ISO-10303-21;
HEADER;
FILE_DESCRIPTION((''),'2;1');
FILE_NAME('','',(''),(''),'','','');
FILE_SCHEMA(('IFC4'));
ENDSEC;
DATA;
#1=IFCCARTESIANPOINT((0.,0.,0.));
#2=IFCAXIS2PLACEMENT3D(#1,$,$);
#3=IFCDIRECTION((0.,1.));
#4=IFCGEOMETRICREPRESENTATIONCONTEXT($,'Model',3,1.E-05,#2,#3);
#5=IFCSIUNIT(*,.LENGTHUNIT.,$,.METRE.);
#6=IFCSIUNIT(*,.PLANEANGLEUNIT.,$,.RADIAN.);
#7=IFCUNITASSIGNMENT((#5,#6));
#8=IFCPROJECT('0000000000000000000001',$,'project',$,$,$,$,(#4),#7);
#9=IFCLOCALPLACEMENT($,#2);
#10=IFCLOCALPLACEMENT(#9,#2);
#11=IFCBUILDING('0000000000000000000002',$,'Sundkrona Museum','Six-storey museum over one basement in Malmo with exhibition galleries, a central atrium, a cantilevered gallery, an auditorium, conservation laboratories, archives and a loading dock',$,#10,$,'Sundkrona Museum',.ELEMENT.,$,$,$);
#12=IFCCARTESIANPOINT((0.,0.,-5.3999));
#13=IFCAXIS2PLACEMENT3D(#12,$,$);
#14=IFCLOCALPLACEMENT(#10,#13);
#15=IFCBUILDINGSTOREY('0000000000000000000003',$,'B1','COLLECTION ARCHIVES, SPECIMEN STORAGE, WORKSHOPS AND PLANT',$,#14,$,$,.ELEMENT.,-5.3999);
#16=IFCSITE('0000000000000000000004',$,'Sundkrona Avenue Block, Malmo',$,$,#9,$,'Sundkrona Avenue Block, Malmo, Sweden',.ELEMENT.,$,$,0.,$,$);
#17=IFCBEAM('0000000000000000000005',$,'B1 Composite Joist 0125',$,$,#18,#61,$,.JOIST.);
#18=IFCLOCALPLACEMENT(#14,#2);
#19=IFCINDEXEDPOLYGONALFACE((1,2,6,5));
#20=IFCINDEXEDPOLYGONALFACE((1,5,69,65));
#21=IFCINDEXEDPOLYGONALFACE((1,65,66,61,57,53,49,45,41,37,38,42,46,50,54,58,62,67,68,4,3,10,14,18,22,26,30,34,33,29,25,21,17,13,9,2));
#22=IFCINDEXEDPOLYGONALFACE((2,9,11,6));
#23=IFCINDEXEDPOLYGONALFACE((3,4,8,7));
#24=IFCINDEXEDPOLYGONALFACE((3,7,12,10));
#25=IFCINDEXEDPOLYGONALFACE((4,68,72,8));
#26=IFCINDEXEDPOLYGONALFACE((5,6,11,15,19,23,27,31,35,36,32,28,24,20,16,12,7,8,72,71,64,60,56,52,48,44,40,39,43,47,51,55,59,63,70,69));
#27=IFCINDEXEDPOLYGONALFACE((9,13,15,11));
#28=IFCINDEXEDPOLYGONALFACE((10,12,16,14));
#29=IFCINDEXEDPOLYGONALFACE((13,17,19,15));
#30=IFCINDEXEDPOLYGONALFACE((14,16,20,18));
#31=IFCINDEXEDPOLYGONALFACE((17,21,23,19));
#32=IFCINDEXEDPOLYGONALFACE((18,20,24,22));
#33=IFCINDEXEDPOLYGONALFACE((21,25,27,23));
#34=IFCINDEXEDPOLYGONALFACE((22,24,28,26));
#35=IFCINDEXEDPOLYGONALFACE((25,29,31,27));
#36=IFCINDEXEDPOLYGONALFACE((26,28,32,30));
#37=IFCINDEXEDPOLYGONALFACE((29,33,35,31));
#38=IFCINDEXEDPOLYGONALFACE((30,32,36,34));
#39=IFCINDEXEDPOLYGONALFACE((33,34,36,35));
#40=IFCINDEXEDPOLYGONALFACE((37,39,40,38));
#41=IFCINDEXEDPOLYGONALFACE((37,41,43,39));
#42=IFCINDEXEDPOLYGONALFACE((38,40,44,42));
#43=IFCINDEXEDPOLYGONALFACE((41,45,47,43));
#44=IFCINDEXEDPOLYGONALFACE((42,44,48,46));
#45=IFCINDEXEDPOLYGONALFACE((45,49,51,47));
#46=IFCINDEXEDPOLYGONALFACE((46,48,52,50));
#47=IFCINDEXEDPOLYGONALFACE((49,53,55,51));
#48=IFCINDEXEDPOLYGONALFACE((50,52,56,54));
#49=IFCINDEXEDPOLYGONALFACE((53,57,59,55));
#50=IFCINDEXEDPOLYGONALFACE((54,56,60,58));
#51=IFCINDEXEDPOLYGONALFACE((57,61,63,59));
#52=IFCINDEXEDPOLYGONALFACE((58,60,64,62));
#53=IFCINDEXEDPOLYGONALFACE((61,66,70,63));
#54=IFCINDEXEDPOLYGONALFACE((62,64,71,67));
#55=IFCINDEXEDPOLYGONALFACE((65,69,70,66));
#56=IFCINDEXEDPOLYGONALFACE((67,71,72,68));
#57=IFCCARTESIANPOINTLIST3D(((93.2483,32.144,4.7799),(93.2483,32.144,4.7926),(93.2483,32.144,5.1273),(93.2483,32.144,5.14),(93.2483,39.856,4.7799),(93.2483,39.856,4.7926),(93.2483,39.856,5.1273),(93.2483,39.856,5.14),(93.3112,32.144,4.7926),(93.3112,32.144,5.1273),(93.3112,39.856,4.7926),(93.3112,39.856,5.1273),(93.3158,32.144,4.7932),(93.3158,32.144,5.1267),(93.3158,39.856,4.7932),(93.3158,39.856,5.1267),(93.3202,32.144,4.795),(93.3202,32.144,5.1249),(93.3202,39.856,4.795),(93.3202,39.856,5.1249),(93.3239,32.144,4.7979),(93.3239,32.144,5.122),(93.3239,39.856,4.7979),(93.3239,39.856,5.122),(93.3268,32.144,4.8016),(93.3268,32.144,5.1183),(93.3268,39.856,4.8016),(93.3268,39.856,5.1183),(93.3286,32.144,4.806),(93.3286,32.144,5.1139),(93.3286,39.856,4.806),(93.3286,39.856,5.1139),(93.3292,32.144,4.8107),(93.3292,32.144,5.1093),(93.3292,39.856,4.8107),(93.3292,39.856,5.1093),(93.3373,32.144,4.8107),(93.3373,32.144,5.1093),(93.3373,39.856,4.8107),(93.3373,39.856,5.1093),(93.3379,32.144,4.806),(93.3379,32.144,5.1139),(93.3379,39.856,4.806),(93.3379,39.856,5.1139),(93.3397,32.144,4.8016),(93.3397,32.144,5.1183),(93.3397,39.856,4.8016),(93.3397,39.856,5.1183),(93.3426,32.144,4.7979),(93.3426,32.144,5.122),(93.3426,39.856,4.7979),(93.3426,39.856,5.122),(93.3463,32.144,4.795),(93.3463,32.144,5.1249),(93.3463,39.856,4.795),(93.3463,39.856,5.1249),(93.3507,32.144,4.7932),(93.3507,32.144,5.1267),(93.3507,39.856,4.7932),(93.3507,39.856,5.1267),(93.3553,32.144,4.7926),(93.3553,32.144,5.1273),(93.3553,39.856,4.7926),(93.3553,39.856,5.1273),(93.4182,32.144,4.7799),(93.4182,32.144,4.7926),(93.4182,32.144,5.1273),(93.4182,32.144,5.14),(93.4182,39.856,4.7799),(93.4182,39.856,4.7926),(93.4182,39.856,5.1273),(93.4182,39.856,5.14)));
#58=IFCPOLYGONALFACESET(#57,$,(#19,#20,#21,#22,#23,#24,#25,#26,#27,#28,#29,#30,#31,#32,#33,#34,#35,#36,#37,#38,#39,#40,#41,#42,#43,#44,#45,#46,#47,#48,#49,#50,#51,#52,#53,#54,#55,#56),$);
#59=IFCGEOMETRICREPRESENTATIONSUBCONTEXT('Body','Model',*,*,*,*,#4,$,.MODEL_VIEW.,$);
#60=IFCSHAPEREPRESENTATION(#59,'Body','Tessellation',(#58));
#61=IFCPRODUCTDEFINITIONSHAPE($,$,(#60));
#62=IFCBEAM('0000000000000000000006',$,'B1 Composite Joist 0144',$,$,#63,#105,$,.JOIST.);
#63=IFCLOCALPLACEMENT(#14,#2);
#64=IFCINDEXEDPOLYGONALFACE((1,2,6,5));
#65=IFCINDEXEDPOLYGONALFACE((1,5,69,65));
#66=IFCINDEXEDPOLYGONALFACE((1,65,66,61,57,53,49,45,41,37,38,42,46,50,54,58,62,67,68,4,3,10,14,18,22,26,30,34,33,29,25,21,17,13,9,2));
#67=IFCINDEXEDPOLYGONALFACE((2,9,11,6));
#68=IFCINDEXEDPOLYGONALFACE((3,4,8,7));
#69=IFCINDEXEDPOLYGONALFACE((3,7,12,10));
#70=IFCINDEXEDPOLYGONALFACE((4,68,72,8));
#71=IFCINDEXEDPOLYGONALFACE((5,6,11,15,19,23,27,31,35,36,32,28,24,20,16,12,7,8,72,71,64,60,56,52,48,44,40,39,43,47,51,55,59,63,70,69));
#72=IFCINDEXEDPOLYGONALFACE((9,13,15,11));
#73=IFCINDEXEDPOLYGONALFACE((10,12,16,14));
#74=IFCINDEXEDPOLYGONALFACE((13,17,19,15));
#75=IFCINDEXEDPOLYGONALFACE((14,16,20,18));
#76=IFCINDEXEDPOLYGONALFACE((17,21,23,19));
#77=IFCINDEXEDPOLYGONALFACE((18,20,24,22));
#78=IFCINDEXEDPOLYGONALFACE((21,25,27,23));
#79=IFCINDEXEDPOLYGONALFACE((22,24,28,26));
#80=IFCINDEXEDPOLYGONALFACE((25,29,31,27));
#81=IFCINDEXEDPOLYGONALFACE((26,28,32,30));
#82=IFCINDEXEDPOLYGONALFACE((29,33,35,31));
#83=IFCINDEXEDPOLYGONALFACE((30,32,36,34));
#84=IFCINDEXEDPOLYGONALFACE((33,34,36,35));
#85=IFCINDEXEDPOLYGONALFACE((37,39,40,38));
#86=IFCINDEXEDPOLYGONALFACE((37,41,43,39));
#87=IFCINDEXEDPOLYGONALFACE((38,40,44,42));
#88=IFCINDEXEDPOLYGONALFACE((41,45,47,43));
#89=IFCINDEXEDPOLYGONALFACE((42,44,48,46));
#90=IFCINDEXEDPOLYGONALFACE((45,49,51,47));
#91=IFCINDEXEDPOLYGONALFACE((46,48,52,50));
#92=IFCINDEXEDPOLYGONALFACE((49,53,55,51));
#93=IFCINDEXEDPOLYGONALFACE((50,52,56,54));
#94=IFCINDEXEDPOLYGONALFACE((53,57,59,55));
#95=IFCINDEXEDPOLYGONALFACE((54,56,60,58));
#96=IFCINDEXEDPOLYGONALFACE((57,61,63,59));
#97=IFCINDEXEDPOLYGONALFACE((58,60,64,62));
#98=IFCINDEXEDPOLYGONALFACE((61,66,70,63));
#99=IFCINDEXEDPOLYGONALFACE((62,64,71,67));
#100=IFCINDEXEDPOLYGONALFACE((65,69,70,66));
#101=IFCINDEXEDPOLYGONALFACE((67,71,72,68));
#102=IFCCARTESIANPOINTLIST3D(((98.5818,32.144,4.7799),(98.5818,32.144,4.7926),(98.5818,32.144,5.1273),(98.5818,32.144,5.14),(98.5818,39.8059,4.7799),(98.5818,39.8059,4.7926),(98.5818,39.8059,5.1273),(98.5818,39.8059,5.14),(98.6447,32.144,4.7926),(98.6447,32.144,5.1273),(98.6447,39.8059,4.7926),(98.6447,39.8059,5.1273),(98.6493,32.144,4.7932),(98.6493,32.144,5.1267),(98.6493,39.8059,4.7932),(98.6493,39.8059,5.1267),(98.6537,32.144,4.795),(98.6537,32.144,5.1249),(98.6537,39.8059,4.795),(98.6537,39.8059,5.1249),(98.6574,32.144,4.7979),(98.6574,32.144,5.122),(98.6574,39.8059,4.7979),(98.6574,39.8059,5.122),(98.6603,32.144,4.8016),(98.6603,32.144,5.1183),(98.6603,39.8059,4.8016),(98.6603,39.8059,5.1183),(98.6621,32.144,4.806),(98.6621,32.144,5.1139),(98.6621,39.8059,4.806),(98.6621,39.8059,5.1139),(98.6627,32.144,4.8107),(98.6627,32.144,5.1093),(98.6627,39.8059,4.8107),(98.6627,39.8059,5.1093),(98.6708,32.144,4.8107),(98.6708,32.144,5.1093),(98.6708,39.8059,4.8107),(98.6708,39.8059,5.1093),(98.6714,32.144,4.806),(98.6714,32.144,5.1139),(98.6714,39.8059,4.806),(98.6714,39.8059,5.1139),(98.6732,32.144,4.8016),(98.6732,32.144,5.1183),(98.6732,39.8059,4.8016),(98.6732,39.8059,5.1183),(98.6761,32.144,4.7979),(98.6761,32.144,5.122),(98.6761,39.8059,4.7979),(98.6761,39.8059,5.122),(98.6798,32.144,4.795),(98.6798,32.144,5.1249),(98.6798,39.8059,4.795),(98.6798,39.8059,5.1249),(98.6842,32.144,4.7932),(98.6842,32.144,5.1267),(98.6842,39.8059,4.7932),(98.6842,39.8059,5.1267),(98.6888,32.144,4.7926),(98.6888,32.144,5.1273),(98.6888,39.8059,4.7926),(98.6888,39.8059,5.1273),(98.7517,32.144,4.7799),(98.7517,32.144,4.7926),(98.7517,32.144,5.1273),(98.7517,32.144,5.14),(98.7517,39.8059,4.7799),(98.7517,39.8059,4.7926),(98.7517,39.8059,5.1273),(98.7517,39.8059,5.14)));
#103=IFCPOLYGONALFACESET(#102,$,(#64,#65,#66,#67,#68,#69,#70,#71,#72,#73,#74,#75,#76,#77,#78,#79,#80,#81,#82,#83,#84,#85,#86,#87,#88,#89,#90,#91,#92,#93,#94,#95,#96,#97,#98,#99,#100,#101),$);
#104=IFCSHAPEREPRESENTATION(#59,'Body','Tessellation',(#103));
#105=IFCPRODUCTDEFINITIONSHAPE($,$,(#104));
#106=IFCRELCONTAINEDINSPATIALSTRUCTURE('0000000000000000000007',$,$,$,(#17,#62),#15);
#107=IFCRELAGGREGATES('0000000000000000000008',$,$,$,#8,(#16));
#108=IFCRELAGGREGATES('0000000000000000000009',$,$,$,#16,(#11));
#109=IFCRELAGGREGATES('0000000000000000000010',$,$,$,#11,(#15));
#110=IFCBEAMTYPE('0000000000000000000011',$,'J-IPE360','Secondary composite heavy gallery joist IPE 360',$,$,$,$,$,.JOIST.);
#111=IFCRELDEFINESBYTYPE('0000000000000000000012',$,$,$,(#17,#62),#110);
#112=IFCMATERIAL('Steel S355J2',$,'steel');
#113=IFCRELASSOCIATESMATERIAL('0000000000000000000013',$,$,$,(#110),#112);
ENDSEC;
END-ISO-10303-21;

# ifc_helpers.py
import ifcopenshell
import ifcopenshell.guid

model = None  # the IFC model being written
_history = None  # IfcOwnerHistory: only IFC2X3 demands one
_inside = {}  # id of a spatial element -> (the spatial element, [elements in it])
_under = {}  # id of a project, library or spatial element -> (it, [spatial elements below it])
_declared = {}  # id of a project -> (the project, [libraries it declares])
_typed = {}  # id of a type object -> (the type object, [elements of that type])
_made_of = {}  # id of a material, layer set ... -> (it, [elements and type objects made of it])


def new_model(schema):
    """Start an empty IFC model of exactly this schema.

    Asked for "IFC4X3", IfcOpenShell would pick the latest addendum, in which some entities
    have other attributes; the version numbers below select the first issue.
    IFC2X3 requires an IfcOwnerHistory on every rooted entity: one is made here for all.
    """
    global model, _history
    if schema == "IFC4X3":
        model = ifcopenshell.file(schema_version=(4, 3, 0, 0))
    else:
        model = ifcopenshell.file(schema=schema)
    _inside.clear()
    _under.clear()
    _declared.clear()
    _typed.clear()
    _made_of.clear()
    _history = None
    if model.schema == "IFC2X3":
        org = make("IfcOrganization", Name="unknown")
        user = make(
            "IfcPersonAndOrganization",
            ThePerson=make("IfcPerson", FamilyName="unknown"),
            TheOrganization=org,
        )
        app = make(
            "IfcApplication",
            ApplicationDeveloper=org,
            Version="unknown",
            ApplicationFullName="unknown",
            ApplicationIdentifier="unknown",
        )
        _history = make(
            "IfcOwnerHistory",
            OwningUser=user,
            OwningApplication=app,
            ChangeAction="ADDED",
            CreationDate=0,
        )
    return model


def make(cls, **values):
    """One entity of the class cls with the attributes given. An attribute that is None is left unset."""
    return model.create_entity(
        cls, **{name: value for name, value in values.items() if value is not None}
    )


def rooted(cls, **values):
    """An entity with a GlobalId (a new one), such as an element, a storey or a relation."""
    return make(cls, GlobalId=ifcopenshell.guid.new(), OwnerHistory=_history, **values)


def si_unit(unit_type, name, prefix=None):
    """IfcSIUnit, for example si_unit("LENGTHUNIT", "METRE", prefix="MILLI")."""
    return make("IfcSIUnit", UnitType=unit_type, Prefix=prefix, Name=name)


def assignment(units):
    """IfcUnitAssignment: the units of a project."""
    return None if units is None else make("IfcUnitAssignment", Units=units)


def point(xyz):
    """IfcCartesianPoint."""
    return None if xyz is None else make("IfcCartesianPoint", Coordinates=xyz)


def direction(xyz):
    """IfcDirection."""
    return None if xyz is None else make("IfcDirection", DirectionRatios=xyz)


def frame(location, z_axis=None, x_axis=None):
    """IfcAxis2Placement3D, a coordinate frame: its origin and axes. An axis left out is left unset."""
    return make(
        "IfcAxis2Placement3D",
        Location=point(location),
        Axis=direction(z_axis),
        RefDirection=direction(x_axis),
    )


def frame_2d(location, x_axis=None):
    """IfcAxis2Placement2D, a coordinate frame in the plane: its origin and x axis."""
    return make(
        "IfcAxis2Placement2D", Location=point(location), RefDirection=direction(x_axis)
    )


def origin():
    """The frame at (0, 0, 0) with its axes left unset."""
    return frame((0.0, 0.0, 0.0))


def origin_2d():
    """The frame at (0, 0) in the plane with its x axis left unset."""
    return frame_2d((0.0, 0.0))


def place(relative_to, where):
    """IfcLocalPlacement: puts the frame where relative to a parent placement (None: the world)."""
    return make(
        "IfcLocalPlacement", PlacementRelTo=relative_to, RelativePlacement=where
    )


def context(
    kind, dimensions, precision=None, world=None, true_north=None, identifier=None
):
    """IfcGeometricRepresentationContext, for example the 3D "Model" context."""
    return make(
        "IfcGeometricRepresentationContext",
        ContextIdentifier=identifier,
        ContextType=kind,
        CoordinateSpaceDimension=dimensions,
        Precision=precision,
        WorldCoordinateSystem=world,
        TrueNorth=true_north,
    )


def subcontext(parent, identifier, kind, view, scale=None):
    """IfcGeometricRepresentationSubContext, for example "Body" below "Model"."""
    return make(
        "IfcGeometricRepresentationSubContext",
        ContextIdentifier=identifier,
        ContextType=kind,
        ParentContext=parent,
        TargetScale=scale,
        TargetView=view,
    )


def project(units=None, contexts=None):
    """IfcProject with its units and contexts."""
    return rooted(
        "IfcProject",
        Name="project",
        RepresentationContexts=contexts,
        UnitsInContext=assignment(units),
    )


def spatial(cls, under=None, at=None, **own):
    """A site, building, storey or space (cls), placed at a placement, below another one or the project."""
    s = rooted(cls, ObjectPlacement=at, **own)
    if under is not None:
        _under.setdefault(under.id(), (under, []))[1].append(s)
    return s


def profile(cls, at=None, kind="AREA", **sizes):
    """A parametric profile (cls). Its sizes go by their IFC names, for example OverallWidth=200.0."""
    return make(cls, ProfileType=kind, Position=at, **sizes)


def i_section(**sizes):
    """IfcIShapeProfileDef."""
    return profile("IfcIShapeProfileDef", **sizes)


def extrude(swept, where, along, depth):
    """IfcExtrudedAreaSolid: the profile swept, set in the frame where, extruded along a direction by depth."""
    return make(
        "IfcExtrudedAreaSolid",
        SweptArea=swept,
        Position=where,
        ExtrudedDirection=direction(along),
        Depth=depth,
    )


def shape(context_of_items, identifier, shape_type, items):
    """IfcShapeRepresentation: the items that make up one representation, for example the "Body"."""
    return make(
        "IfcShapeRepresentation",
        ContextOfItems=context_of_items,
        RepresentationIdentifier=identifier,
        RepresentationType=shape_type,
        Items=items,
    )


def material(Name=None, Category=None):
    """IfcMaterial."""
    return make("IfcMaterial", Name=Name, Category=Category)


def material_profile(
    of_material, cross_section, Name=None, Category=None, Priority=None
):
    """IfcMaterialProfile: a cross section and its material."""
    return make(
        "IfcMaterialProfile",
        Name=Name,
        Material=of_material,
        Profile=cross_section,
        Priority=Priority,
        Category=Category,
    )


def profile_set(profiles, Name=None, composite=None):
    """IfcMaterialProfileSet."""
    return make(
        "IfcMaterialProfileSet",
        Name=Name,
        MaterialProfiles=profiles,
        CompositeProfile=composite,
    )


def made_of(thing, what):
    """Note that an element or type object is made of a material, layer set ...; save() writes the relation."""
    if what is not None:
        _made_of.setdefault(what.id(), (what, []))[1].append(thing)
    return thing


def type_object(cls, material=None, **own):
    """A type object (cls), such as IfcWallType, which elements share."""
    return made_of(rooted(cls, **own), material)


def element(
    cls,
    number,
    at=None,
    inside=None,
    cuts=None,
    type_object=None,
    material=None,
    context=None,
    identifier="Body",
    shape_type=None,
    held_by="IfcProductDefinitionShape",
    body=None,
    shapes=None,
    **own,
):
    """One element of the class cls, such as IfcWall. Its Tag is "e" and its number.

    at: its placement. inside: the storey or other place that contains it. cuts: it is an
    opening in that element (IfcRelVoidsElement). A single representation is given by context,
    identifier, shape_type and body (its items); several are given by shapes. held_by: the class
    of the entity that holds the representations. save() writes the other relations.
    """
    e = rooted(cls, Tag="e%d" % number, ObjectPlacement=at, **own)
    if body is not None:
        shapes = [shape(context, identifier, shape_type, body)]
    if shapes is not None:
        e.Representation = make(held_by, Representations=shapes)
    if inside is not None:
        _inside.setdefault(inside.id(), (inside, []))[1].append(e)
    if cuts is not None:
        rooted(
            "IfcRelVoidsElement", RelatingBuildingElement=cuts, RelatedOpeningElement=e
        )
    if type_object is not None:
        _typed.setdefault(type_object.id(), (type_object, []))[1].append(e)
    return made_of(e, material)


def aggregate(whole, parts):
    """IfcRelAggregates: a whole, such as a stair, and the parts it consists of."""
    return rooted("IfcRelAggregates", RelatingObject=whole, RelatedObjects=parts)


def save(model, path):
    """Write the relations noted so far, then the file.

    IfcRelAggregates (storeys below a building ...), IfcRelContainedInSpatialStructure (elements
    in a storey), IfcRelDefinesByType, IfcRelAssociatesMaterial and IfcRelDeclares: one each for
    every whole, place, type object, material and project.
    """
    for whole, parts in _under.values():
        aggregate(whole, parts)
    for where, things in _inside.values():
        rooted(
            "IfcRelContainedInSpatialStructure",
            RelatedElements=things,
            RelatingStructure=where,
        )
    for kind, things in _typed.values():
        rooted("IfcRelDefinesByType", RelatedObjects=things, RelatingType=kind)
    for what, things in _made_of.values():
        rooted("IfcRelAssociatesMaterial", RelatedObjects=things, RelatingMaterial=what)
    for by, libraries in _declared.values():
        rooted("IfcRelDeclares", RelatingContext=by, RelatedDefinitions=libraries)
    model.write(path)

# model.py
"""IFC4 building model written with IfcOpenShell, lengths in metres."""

from ifc_helpers import new_model, si_unit, direction, frame, origin, origin_2d, place, context, subcontext, project, spatial, i_section, extrude, material, material_profile, profile_set, type_object, element, save


model = new_model("IFC4")

# Units and contexts
model_context = context("Model", 3, precision=1e-05, world=origin(), true_north=direction((0.0, 1.0)))
body_context = subcontext(model_context, "Body", "Model", "MODEL_VIEW")
ifc_project = project(units=[si_unit("LENGTHUNIT", "METRE"), si_unit("PLANEANGLEUNIT", "RADIAN")], contexts=[model_context])

# Site, building, storey
site_placement = place(None, origin())
site = spatial("IfcSite", under=ifc_project, at=site_placement, Name="Sundkrona Avenue Block, Malmo", LongName="Sundkrona Avenue Block, Malmo, Sweden", CompositionType="ELEMENT", RefElevation=0.0)
building_placement = place(site_placement, origin())
building = spatial("IfcBuilding", under=site, at=building_placement, Name="Sundkrona Museum", Description="Six-storey museum over one basement in Malmo with exhibition galleries, a central atrium, a cantilevered gallery, an auditorium, conservation laboratories, archives and a loading dock", LongName="Sundkrona Museum", CompositionType="ELEMENT")
storey_placement = place(building_placement, frame((0.0, 0.0, -5.3999)))
storey = spatial("IfcBuildingStorey", under=building, at=storey_placement, Name="B1", Description="COLLECTION ARCHIVES, SPECIMEN STORAGE, WORKSHOPS AND PLANT", CompositionType="ELEMENT", Elevation=-5.3999)

# Shared definitions
ifc_material_1 = material(Name="Steel S355J2", Category="steel")

# Beams
ifc_material_profile_1 = material_profile(ifc_material_1, i_section(OverallWidth=0.1699, OverallDepth=0.3601, WebThickness=0.0081, FlangeThickness=0.0127, FilletRadius=0.0181, at=origin_2d()), Name="IPE 360")
ifc_profile_set_1 = profile_set([ifc_material_profile_1], Name="Steel S355J2")
beam_type_1 = type_object("IfcBeamType", Name="J-IPE360", Description="Secondary composite heavy gallery joist IPE 360", PredefinedType="JOIST", material=ifc_profile_set_1)
for number, where, z_axis, x_axis, name in (
    (1, (93.3333, 32.144, 4.96), (0.0, 1.0, 0.0), (-1.0, 0.0, 0.0), "B1 Composite Joist 0125"),
):
    element("IfcBeam", number, at=place(storey_placement, frame(where, z_axis=z_axis, x_axis=x_axis)), inside=storey, type_object=beam_type_1, Name=name, PredefinedType="JOIST", context=body_context, shape_type="SweptSolid", body=[
        extrude(i_section(OverallWidth=0.1699, OverallDepth=0.3601, WebThickness=0.0081, FlangeThickness=0.0127, FilletRadius=0.0181, at=origin_2d()), origin(), (0.0, 0.0, 1.0), 7.7119),
    ])
beam_1_placement = place(storey_placement, frame((98.6667, 32.144, 4.96), z_axis=(0.0, 1.0, 0.0), x_axis=(-1.0, 0.0, 0.0)))
element("IfcBeam", 2, at=beam_1_placement, inside=storey, type_object=beam_type_1, Name="B1 Composite Joist 0144", PredefinedType="JOIST", context=body_context, shape_type="SweptSolid", body=[
    extrude(i_section(OverallWidth=0.1699, OverallDepth=0.3601, WebThickness=0.0081, FlangeThickness=0.0127, FilletRadius=0.0181, at=origin_2d()), origin(), (0.0, 0.0, 1.0), 7.6619),
])

save(model, "model.ifc")
